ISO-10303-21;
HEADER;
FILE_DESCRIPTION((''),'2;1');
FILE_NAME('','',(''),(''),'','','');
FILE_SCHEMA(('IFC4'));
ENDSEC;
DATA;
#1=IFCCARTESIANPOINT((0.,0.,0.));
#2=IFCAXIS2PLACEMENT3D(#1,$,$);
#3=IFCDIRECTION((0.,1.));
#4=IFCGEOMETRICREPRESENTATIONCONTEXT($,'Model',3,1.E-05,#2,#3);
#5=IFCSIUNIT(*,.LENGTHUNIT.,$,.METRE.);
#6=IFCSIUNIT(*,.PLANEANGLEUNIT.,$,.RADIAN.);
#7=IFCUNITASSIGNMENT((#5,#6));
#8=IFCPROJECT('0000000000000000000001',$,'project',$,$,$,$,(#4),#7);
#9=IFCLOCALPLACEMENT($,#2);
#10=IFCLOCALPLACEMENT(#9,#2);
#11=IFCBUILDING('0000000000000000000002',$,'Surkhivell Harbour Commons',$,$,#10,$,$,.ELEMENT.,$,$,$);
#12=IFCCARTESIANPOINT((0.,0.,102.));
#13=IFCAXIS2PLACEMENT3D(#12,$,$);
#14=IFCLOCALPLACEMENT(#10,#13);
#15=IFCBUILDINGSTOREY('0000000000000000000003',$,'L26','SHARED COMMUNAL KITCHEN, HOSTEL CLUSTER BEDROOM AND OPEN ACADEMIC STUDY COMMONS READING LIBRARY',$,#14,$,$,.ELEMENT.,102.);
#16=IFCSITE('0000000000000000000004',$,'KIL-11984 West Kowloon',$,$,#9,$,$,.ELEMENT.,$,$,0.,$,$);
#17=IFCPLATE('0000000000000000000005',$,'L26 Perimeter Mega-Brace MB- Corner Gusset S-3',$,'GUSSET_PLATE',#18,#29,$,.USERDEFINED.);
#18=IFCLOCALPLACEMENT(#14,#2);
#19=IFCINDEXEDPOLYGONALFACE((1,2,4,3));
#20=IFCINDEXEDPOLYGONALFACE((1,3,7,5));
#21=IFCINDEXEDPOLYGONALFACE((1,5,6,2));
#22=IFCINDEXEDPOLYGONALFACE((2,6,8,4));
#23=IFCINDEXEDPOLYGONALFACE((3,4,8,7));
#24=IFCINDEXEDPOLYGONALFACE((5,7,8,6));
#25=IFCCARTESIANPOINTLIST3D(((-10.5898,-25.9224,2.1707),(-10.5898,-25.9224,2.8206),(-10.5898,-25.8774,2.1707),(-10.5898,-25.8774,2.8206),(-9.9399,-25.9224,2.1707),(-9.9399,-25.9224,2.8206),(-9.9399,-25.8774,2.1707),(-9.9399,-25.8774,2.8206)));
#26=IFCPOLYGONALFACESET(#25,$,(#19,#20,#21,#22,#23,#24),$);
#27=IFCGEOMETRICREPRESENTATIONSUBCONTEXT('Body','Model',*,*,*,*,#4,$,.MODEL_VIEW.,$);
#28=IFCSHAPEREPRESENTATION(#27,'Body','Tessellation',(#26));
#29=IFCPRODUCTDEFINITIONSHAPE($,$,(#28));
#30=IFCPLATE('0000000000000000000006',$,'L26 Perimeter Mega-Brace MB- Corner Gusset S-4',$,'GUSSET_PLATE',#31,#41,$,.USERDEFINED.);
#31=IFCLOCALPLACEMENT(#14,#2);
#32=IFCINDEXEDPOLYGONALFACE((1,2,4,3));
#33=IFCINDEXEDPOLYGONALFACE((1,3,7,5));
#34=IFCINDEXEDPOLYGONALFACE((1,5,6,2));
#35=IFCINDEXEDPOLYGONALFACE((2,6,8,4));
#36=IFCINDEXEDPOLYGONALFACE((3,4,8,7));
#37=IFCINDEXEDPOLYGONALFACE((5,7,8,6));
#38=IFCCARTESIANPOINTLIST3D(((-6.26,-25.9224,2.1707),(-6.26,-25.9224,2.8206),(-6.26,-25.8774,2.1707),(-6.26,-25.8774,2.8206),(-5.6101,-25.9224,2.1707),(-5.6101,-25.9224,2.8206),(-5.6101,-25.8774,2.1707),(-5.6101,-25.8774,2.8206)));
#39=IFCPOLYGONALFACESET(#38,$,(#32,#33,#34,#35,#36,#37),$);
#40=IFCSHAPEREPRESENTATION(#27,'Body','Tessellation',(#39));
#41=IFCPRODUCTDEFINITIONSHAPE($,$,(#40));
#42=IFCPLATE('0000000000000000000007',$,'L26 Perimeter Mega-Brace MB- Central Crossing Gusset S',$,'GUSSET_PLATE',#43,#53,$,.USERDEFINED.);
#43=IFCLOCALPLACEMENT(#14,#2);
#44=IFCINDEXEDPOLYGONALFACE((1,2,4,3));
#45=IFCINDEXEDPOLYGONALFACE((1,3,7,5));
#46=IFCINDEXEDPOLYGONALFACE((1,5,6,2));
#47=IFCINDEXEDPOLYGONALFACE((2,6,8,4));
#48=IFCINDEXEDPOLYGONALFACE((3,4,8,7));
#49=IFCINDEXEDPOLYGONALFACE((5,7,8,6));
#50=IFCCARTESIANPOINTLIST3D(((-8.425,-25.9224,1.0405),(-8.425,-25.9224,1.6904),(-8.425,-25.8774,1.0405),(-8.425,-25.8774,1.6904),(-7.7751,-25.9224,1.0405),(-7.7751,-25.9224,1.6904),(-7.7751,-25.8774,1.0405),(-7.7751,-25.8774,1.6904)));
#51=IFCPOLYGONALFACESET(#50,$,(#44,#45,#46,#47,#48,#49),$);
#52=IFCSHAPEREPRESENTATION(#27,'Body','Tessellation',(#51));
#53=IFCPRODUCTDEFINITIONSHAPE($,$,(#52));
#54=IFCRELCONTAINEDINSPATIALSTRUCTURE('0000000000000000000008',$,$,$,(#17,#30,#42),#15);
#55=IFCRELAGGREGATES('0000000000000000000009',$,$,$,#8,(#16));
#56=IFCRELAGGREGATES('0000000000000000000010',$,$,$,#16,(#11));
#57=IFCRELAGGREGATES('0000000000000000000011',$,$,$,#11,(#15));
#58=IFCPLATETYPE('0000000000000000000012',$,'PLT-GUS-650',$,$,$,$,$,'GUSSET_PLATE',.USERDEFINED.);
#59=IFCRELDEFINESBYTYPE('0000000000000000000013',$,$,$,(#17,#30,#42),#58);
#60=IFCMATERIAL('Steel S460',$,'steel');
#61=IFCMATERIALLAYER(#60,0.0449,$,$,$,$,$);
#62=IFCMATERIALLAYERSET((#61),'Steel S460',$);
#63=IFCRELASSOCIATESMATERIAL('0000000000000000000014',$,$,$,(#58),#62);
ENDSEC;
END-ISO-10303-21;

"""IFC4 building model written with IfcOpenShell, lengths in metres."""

from ifc_helpers import new_model, si_unit, direction, frame, origin, origin_2d, place, context, subcontext, project, spatial, rectangle, extrude, material, layer, layer_set, type_object, element, save


model = new_model("IFC4")

# Units and contexts
model_context = context("Model", 3, precision=1e-05, world=origin(), true_north=direction((0.0, 1.0)))
body_context = subcontext(model_context, "Body", "Model", "MODEL_VIEW")
ifc_project = project(units=[si_unit("LENGTHUNIT", "METRE"), si_unit("PLANEANGLEUNIT", "RADIAN")], contexts=[model_context])

# Site, building, storey
site_placement = place(None, origin())
site = spatial("IfcSite", under=ifc_project, at=site_placement, Name="KIL-11984 West Kowloon", CompositionType="ELEMENT", RefElevation=0.0)
building_placement = place(site_placement, origin())
building = spatial("IfcBuilding", under=site, at=building_placement, Name="Surkhivell Harbour Commons", CompositionType="ELEMENT")
storey_placement = place(building_placement, frame((0.0, 0.0, 102.0)))
storey = spatial("IfcBuildingStorey", under=building, at=storey_placement, Name="L26", Description="SHARED COMMUNAL KITCHEN, HOSTEL CLUSTER BEDROOM AND OPEN ACADEMIC STUDY COMMONS READING LIBRARY", CompositionType="ELEMENT", Elevation=102.0)

# Shared definitions
ifc_material_1 = material(Name="Steel S460", Category="steel")

# Plates
ifc_layer_1 = layer(ifc_material_1, 0.0449)
ifc_layer_set_1 = layer_set([ifc_layer_1], Name="Steel S460")
plate_type_1 = type_object("IfcPlateType", Name="PLT-GUS-650", ElementType="GUSSET_PLATE", PredefinedType="USERDEFINED", material=ifc_layer_set_1)
for number, where, z_axis, x_axis, name in (
    (1, (-10.2649, -25.8999, 2.1707), (0.0, 0.0, 1.0), (1.0, 0.0, 0.0), "L26 Perimeter Mega-Brace MB- Corner Gusset S-3"),
    (2, (-5.9351, -25.8999, 2.1707), (0.0, 0.0, 1.0), (1.0, 0.0, 0.0), "L26 Perimeter Mega-Brace MB- Corner Gusset S-4"),
    (3, (-8.1001, -25.8999, 1.0405), (0.0, 0.0, 1.0), (1.0, 0.0, 0.0), "L26 Perimeter Mega-Brace MB- Central Crossing Gusset S"),
):
    element("IfcPlate", number, at=place(storey_placement, frame(where, z_axis=z_axis, x_axis=x_axis)), inside=storey, type_object=plate_type_1, Name=name, ObjectType="GUSSET_PLATE", PredefinedType="USERDEFINED", context=body_context, shape_type="SweptSolid", body=[
        extrude(rectangle(XDim=0.6499, YDim=0.0449, at=origin_2d()), origin(), (0.0, 0.0, 1.0), 0.6499),
    ])

save(model, "model.ifc")
